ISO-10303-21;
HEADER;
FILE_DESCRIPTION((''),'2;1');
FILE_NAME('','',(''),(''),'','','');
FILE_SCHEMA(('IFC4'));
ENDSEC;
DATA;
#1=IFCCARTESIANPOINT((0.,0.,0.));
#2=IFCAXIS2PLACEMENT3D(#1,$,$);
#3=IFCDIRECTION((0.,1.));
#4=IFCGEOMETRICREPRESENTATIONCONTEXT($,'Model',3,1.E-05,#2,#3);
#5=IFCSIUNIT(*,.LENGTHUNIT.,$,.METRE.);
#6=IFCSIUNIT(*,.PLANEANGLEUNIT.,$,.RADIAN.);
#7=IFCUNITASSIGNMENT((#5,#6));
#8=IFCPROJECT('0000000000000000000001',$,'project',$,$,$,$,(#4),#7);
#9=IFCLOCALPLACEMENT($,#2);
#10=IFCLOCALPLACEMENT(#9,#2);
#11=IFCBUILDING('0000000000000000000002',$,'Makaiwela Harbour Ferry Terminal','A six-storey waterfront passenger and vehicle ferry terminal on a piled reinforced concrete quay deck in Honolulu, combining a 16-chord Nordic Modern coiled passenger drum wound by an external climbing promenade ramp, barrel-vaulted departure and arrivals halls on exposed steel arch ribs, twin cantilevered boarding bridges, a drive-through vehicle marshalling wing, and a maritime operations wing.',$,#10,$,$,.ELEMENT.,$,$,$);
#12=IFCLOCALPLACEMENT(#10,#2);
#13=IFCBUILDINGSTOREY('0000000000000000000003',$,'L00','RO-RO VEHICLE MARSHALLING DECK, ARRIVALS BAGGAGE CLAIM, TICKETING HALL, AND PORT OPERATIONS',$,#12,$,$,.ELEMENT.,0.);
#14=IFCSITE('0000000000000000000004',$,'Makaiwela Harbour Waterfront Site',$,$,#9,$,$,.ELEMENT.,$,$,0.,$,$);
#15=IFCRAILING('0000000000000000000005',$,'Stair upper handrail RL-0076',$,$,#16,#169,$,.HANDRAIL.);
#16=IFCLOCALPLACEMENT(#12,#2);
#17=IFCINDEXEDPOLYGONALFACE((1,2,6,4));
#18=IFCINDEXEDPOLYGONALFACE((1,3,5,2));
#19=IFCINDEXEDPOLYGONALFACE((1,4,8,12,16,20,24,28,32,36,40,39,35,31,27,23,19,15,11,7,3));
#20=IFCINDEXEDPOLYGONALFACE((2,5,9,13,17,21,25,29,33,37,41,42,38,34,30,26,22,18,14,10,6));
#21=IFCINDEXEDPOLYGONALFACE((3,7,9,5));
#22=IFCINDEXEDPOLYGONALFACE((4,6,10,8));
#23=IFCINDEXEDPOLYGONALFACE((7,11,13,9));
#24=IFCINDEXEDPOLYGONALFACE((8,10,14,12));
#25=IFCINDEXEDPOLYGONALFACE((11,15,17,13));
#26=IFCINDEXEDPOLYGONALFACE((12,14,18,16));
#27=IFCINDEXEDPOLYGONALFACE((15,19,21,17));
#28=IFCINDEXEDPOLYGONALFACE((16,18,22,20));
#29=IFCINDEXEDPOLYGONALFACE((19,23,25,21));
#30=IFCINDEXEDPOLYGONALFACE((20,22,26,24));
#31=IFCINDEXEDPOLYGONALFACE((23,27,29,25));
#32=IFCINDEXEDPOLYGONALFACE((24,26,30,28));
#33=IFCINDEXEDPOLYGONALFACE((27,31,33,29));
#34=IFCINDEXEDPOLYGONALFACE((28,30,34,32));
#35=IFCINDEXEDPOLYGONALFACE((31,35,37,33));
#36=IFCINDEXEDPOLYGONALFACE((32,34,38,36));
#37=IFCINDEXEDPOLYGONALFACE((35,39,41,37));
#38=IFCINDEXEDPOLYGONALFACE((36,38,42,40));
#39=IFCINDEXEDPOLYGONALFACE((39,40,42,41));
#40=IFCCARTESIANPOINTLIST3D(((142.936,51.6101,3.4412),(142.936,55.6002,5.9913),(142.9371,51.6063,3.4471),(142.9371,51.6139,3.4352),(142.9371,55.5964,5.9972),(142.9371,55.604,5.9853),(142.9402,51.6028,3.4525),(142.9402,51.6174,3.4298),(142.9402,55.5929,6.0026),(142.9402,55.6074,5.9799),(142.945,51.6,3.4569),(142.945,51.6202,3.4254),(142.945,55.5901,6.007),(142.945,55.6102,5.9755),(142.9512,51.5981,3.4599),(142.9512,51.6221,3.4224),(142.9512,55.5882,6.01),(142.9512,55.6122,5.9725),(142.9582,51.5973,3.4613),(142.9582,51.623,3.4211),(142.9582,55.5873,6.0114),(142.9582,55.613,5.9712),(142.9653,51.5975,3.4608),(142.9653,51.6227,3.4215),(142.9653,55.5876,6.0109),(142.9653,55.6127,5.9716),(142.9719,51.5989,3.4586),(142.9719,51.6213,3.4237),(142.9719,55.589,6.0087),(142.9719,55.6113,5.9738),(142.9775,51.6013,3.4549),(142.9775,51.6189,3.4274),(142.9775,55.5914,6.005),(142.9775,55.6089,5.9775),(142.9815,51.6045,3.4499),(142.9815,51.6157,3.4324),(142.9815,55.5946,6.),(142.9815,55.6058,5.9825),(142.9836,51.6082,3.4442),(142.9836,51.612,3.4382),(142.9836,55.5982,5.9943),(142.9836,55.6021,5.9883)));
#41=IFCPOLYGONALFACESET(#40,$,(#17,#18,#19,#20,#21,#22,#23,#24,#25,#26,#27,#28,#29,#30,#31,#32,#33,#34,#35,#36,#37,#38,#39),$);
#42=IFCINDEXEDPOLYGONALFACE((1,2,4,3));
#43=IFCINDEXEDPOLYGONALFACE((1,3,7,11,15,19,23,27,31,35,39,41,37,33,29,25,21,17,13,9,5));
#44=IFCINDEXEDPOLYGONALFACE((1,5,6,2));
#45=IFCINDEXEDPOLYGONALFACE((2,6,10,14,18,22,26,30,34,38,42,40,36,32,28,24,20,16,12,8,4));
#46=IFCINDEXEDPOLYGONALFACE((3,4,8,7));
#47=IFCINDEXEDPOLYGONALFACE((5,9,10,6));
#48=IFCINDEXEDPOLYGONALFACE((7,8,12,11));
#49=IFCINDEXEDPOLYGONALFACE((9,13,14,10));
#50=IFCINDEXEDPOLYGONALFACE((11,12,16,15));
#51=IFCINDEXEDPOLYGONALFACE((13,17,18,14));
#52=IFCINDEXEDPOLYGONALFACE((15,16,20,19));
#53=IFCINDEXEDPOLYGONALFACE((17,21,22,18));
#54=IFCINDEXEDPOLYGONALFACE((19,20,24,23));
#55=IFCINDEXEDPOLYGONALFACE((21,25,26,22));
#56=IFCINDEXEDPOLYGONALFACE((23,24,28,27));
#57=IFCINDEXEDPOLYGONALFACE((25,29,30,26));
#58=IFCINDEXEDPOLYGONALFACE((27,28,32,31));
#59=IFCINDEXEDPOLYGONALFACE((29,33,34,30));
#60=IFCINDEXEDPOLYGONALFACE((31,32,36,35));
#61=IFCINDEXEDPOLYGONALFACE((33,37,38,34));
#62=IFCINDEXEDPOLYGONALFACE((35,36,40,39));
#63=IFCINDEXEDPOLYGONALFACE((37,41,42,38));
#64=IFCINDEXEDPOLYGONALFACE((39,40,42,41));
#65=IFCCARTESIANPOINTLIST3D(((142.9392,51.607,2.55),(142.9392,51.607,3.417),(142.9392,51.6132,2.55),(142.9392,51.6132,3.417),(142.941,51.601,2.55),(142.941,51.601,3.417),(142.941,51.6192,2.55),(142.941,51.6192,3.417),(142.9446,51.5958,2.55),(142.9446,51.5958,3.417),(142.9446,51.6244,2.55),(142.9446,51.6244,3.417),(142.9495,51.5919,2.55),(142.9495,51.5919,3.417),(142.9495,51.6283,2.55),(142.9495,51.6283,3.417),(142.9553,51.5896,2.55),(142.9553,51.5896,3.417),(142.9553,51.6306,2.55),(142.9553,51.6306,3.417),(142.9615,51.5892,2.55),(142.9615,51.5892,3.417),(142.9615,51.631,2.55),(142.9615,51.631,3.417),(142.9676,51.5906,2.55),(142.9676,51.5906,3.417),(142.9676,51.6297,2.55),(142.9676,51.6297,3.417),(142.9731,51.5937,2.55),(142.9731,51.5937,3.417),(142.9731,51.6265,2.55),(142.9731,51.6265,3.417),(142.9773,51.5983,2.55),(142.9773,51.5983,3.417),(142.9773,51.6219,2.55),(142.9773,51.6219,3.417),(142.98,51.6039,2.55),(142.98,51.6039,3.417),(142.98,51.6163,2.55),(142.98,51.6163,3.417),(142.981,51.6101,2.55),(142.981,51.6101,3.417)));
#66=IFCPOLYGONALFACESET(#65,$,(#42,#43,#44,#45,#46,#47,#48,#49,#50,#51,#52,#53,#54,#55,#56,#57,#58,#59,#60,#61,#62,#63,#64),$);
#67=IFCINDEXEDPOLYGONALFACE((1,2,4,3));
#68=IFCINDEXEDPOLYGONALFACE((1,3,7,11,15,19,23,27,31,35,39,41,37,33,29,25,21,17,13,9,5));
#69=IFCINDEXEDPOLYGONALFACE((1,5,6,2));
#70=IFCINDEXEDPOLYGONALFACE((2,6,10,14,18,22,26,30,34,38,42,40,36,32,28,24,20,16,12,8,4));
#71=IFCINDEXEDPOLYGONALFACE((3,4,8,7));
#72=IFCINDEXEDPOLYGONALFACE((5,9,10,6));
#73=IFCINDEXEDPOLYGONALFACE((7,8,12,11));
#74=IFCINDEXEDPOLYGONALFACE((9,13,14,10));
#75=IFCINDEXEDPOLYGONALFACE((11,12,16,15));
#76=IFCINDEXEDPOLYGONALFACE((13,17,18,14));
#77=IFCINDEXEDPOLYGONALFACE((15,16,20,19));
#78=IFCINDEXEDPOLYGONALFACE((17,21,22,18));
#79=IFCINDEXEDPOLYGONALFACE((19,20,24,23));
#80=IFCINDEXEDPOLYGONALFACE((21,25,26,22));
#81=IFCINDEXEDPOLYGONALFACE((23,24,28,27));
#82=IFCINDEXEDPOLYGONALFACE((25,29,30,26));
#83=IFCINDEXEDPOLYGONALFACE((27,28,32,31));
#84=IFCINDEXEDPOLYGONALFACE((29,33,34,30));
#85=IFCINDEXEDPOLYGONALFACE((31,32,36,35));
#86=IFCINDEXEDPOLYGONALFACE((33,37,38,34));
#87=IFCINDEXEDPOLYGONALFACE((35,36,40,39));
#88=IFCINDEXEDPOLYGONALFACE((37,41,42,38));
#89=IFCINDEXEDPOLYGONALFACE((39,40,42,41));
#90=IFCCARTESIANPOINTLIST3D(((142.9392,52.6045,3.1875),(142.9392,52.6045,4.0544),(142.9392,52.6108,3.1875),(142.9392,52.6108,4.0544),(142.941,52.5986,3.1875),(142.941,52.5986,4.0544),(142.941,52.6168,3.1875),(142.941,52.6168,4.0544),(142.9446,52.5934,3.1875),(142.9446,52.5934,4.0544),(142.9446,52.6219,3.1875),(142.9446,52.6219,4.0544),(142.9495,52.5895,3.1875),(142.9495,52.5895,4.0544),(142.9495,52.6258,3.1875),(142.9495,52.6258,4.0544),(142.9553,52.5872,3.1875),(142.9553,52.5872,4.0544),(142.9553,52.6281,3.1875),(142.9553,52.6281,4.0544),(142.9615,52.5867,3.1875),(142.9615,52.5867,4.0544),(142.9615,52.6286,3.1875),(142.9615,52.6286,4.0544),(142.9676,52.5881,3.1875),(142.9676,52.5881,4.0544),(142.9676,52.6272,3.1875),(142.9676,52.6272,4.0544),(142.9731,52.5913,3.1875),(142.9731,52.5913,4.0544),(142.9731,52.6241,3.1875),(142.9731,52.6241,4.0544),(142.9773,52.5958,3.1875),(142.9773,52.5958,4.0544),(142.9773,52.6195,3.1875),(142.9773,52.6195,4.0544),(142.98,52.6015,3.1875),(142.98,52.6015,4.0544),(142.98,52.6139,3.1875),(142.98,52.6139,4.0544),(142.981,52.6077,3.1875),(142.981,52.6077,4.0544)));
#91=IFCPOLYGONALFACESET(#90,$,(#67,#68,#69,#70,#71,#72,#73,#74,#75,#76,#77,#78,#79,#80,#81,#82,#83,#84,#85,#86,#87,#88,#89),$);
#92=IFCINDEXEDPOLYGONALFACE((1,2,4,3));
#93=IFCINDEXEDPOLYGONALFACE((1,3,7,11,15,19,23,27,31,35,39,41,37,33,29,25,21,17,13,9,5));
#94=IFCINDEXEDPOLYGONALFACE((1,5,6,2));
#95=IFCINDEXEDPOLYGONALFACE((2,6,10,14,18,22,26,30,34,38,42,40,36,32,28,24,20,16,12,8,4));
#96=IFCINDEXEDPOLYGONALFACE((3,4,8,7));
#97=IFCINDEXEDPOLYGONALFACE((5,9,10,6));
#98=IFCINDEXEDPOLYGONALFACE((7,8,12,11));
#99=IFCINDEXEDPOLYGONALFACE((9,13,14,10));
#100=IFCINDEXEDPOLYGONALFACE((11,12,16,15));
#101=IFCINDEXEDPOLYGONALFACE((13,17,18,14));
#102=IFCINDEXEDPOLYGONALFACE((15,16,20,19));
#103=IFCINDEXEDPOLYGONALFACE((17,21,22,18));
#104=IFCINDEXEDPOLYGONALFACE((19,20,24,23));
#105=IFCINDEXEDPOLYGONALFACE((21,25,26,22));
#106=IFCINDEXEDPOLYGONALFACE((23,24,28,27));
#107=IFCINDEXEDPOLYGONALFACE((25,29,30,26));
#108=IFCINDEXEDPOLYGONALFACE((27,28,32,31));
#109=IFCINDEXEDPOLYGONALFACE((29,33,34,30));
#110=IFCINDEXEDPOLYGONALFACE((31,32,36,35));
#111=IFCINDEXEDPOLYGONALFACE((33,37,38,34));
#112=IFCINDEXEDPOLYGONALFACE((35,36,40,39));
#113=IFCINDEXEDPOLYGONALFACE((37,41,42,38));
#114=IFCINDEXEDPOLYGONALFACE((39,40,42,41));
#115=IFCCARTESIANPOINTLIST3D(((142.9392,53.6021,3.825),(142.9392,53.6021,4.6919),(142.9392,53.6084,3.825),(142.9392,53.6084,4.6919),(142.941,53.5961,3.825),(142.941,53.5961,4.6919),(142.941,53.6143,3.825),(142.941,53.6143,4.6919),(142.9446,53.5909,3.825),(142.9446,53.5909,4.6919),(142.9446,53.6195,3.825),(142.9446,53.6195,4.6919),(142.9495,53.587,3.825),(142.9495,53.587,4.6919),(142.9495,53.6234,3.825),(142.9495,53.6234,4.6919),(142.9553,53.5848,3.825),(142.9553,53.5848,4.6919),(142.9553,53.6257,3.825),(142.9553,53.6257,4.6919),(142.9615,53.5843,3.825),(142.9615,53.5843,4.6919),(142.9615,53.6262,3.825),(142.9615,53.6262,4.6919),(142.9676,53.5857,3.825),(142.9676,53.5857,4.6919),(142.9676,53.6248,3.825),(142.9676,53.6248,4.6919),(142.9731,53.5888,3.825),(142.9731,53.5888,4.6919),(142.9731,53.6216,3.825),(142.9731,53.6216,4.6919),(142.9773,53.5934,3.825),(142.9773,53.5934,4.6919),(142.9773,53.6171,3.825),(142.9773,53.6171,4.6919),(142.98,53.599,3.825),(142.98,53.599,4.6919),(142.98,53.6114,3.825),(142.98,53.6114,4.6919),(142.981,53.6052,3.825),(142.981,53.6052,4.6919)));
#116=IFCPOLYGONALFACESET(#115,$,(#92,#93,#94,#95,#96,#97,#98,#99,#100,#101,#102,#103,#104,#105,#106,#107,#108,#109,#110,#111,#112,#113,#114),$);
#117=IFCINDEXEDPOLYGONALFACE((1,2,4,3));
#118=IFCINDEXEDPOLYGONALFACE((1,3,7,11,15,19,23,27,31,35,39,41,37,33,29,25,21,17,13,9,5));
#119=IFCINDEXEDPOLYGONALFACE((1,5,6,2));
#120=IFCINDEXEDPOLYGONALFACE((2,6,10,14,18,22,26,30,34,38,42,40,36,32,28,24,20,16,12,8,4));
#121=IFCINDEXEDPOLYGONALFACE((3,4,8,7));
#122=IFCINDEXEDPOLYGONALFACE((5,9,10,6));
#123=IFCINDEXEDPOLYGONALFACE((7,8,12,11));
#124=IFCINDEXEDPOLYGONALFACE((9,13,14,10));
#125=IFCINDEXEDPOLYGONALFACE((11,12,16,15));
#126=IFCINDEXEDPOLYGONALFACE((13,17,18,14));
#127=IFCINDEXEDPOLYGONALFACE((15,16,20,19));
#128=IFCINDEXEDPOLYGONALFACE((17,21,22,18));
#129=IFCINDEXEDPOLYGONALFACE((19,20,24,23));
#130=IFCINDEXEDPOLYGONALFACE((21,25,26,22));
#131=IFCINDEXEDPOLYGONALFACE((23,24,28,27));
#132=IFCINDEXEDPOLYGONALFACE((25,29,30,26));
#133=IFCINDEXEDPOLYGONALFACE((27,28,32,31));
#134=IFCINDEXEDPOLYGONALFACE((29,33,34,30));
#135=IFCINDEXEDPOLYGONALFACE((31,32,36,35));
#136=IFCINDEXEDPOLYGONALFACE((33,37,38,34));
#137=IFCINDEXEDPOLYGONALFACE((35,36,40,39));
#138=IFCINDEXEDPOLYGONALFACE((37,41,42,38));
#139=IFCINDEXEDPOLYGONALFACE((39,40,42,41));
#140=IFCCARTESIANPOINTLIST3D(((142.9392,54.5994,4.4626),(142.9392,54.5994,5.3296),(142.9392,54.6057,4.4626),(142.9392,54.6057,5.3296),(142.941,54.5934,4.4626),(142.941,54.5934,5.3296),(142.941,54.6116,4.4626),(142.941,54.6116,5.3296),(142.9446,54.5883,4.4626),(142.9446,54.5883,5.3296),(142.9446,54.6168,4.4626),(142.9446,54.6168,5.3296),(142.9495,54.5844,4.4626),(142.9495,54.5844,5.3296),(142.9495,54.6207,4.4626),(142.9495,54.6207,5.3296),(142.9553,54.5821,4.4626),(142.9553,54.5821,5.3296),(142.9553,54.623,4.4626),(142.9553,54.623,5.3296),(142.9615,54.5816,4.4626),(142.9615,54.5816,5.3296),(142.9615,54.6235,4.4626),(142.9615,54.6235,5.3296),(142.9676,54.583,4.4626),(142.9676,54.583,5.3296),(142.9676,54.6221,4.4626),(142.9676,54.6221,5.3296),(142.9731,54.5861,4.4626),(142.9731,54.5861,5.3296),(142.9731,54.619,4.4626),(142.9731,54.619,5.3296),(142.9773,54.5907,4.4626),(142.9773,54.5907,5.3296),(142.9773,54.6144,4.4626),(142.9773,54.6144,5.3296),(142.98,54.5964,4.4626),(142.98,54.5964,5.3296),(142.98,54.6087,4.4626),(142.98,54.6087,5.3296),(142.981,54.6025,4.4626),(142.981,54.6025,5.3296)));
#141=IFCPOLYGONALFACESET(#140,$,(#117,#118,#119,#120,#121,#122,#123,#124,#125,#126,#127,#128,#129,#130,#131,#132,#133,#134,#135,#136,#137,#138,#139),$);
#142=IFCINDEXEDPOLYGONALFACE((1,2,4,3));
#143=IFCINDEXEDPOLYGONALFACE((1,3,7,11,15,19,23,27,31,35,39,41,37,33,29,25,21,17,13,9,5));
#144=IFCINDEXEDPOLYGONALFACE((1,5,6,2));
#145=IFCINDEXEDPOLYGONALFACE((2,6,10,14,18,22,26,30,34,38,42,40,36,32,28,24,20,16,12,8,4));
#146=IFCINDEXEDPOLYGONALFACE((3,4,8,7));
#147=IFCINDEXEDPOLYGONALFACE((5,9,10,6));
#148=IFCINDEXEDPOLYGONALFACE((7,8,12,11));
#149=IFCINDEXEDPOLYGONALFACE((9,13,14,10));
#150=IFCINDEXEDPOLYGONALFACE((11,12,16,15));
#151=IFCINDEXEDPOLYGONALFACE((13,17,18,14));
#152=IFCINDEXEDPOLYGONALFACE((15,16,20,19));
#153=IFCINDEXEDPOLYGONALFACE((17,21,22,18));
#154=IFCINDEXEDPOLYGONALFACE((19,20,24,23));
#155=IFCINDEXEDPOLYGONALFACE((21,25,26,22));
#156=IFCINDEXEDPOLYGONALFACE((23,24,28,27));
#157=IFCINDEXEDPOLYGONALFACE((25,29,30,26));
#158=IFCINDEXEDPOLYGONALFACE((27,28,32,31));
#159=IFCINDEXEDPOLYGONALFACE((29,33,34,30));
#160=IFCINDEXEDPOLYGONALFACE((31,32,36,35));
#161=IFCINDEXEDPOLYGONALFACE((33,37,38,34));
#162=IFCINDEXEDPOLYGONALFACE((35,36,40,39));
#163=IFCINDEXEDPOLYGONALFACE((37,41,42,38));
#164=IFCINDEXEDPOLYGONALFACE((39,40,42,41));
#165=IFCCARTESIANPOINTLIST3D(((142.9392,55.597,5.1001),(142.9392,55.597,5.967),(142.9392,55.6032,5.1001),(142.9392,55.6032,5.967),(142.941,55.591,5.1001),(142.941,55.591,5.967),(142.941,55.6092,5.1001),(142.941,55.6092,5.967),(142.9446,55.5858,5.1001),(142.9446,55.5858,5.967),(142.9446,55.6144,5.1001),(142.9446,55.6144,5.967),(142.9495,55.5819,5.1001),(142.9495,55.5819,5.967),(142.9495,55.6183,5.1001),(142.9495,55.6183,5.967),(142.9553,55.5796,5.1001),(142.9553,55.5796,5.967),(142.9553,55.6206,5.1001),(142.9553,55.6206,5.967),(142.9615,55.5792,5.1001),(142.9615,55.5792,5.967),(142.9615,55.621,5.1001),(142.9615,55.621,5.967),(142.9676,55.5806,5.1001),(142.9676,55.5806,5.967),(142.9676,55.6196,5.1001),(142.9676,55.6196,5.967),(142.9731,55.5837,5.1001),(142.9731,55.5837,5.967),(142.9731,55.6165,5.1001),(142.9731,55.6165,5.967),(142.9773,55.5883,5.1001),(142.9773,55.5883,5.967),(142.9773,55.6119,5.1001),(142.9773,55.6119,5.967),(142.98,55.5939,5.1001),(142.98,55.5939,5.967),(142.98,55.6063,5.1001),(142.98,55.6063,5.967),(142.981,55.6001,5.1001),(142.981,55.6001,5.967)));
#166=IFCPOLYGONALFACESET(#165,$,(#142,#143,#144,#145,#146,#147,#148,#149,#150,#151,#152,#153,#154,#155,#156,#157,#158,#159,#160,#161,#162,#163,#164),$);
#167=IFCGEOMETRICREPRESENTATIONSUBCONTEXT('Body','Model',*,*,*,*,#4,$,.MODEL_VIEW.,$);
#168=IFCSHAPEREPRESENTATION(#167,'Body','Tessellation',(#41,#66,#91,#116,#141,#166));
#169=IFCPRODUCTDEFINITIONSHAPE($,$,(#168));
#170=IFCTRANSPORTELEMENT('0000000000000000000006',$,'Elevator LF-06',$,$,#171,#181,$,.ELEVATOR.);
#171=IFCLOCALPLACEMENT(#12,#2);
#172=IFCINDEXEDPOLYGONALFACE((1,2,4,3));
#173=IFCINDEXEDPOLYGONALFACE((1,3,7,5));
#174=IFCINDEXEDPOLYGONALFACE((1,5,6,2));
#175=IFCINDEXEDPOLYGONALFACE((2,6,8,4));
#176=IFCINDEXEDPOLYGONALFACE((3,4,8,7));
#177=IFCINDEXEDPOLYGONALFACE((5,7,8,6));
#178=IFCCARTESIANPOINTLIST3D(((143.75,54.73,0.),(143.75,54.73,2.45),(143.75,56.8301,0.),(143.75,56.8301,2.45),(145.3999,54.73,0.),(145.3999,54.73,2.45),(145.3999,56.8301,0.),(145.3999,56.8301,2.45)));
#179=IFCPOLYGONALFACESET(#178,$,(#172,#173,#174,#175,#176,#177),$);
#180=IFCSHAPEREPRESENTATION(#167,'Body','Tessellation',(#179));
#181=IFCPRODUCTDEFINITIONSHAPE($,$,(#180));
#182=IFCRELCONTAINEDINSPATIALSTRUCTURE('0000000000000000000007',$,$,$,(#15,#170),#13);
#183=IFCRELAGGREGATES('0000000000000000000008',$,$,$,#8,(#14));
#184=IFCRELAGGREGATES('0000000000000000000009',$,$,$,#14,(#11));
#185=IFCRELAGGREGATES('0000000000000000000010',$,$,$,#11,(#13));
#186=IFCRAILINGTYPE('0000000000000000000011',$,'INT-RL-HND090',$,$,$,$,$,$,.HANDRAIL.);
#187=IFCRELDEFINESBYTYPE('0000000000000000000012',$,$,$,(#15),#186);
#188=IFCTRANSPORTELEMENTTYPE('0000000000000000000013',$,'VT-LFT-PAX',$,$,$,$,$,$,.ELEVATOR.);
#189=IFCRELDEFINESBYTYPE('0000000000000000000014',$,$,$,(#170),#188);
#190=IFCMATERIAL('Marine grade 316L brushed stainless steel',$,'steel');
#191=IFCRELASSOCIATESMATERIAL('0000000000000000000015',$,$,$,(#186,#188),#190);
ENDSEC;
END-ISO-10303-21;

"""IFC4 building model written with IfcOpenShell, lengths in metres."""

from ifc_helpers import new_model, si_unit, direction, frame, origin, origin_2d, place, context, subcontext, project, spatial, rectangle, circle, extrude, material, type_object, element, save


model = new_model("IFC4")

# Units and contexts
model_context = context("Model", 3, precision=1e-05, world=origin(), true_north=direction((0.0, 1.0)))
body_context = subcontext(model_context, "Body", "Model", "MODEL_VIEW")
ifc_project = project(units=[si_unit("LENGTHUNIT", "METRE"), si_unit("PLANEANGLEUNIT", "RADIAN")], contexts=[model_context])

# Site, building, storey
site_placement = place(None, origin())
site = spatial("IfcSite", under=ifc_project, at=site_placement, Name="Makaiwela Harbour Waterfront Site", CompositionType="ELEMENT", RefElevation=0.0)
building_placement = place(site_placement, origin())
building = spatial("IfcBuilding", under=site, at=building_placement, Name="Makaiwela Harbour Ferry Terminal", Description="A six-storey waterfront passenger and vehicle ferry terminal on a piled reinforced concrete quay deck in Honolulu, combining a 16-chord Nordic Modern coiled passenger drum wound by an external climbing promenade ramp, barrel-vaulted departure and arrivals halls on exposed steel arch ribs, twin cantilevered boarding bridges, a drive-through vehicle marshalling wing, and a maritime operations wing.", CompositionType="ELEMENT")
storey_placement = place(building_placement, origin())
storey = spatial("IfcBuildingStorey", under=building, at=storey_placement, Name="L00", Description="RO-RO VEHICLE MARSHALLING DECK, ARRIVALS BAGGAGE CLAIM, TICKETING HALL, AND PORT OPERATIONS", CompositionType="ELEMENT", Elevation=0.0)

# Railing
ifc_material_1 = material(Name="Marine grade 316L brushed stainless steel", Category="steel")
railing_type_1 = type_object("IfcRailingType", Name="INT-RL-HND090", PredefinedType="HANDRAIL", material=ifc_material_1)
railing_1_placement = place(storey_placement, frame((142.96, 51.6101, 2.55)))
element("IfcRailing", 1, at=railing_1_placement, inside=storey, type_object=railing_type_1, Name="Stair upper handrail RL-0076", PredefinedType="HANDRAIL", context=body_context, shape_type="SweptSolid", body=[
    extrude(circle(Radius=0.0239, at=origin_2d()), frame((0.0, 0.0, 0.8911), z_axis=(0.0, 0.842611, 0.538523), x_axis=(-1.0, 0.0, 0.0)), (0.0, 0.0, 1.0), 4.7354),
    extrude(circle(Radius=0.021, at=origin_2d()), origin(), (0.0, 0.0, 1.0), 0.8669),
    extrude(circle(Radius=0.021, at=origin_2d()), frame((0.0, 0.9976, 0.6375)), (0.0, 0.0, 1.0), 0.8669),
    extrude(circle(Radius=0.021, at=origin_2d()), frame((0.0, 1.9951, 1.2749)), (0.0, 0.0, 1.0), 0.8669),
    extrude(circle(Radius=0.021, at=origin_2d()), frame((0.0, 2.9924, 1.9126)), (0.0, 0.0, 1.0), 0.8669),
    extrude(circle(Radius=0.021, at=origin_2d()), frame((0.0, 3.99, 2.55)), (0.0, 0.0, 1.0), 0.8669),
])

# Transport element
transport_element_type = type_object("IfcTransportElementType", Name="VT-LFT-PAX", PredefinedType="ELEVATOR", material=ifc_material_1)
transport_element_placement = place(storey_placement, frame((144.575, 55.78, 0.0), z_axis=(0.0, 0.0, 1.0), x_axis=(1.0, 0.0, 0.0)))
element("IfcTransportElement", 2, at=transport_element_placement, inside=storey, type_object=transport_element_type, Name="Elevator LF-06", PredefinedType="ELEVATOR", context=body_context, shape_type="SweptSolid", body=[
    extrude(rectangle(XDim=1.6499, YDim=2.1001, at=origin_2d()), origin(), (0.0, 0.0, 1.0), 2.45),
])

save(model, "model.ifc")
